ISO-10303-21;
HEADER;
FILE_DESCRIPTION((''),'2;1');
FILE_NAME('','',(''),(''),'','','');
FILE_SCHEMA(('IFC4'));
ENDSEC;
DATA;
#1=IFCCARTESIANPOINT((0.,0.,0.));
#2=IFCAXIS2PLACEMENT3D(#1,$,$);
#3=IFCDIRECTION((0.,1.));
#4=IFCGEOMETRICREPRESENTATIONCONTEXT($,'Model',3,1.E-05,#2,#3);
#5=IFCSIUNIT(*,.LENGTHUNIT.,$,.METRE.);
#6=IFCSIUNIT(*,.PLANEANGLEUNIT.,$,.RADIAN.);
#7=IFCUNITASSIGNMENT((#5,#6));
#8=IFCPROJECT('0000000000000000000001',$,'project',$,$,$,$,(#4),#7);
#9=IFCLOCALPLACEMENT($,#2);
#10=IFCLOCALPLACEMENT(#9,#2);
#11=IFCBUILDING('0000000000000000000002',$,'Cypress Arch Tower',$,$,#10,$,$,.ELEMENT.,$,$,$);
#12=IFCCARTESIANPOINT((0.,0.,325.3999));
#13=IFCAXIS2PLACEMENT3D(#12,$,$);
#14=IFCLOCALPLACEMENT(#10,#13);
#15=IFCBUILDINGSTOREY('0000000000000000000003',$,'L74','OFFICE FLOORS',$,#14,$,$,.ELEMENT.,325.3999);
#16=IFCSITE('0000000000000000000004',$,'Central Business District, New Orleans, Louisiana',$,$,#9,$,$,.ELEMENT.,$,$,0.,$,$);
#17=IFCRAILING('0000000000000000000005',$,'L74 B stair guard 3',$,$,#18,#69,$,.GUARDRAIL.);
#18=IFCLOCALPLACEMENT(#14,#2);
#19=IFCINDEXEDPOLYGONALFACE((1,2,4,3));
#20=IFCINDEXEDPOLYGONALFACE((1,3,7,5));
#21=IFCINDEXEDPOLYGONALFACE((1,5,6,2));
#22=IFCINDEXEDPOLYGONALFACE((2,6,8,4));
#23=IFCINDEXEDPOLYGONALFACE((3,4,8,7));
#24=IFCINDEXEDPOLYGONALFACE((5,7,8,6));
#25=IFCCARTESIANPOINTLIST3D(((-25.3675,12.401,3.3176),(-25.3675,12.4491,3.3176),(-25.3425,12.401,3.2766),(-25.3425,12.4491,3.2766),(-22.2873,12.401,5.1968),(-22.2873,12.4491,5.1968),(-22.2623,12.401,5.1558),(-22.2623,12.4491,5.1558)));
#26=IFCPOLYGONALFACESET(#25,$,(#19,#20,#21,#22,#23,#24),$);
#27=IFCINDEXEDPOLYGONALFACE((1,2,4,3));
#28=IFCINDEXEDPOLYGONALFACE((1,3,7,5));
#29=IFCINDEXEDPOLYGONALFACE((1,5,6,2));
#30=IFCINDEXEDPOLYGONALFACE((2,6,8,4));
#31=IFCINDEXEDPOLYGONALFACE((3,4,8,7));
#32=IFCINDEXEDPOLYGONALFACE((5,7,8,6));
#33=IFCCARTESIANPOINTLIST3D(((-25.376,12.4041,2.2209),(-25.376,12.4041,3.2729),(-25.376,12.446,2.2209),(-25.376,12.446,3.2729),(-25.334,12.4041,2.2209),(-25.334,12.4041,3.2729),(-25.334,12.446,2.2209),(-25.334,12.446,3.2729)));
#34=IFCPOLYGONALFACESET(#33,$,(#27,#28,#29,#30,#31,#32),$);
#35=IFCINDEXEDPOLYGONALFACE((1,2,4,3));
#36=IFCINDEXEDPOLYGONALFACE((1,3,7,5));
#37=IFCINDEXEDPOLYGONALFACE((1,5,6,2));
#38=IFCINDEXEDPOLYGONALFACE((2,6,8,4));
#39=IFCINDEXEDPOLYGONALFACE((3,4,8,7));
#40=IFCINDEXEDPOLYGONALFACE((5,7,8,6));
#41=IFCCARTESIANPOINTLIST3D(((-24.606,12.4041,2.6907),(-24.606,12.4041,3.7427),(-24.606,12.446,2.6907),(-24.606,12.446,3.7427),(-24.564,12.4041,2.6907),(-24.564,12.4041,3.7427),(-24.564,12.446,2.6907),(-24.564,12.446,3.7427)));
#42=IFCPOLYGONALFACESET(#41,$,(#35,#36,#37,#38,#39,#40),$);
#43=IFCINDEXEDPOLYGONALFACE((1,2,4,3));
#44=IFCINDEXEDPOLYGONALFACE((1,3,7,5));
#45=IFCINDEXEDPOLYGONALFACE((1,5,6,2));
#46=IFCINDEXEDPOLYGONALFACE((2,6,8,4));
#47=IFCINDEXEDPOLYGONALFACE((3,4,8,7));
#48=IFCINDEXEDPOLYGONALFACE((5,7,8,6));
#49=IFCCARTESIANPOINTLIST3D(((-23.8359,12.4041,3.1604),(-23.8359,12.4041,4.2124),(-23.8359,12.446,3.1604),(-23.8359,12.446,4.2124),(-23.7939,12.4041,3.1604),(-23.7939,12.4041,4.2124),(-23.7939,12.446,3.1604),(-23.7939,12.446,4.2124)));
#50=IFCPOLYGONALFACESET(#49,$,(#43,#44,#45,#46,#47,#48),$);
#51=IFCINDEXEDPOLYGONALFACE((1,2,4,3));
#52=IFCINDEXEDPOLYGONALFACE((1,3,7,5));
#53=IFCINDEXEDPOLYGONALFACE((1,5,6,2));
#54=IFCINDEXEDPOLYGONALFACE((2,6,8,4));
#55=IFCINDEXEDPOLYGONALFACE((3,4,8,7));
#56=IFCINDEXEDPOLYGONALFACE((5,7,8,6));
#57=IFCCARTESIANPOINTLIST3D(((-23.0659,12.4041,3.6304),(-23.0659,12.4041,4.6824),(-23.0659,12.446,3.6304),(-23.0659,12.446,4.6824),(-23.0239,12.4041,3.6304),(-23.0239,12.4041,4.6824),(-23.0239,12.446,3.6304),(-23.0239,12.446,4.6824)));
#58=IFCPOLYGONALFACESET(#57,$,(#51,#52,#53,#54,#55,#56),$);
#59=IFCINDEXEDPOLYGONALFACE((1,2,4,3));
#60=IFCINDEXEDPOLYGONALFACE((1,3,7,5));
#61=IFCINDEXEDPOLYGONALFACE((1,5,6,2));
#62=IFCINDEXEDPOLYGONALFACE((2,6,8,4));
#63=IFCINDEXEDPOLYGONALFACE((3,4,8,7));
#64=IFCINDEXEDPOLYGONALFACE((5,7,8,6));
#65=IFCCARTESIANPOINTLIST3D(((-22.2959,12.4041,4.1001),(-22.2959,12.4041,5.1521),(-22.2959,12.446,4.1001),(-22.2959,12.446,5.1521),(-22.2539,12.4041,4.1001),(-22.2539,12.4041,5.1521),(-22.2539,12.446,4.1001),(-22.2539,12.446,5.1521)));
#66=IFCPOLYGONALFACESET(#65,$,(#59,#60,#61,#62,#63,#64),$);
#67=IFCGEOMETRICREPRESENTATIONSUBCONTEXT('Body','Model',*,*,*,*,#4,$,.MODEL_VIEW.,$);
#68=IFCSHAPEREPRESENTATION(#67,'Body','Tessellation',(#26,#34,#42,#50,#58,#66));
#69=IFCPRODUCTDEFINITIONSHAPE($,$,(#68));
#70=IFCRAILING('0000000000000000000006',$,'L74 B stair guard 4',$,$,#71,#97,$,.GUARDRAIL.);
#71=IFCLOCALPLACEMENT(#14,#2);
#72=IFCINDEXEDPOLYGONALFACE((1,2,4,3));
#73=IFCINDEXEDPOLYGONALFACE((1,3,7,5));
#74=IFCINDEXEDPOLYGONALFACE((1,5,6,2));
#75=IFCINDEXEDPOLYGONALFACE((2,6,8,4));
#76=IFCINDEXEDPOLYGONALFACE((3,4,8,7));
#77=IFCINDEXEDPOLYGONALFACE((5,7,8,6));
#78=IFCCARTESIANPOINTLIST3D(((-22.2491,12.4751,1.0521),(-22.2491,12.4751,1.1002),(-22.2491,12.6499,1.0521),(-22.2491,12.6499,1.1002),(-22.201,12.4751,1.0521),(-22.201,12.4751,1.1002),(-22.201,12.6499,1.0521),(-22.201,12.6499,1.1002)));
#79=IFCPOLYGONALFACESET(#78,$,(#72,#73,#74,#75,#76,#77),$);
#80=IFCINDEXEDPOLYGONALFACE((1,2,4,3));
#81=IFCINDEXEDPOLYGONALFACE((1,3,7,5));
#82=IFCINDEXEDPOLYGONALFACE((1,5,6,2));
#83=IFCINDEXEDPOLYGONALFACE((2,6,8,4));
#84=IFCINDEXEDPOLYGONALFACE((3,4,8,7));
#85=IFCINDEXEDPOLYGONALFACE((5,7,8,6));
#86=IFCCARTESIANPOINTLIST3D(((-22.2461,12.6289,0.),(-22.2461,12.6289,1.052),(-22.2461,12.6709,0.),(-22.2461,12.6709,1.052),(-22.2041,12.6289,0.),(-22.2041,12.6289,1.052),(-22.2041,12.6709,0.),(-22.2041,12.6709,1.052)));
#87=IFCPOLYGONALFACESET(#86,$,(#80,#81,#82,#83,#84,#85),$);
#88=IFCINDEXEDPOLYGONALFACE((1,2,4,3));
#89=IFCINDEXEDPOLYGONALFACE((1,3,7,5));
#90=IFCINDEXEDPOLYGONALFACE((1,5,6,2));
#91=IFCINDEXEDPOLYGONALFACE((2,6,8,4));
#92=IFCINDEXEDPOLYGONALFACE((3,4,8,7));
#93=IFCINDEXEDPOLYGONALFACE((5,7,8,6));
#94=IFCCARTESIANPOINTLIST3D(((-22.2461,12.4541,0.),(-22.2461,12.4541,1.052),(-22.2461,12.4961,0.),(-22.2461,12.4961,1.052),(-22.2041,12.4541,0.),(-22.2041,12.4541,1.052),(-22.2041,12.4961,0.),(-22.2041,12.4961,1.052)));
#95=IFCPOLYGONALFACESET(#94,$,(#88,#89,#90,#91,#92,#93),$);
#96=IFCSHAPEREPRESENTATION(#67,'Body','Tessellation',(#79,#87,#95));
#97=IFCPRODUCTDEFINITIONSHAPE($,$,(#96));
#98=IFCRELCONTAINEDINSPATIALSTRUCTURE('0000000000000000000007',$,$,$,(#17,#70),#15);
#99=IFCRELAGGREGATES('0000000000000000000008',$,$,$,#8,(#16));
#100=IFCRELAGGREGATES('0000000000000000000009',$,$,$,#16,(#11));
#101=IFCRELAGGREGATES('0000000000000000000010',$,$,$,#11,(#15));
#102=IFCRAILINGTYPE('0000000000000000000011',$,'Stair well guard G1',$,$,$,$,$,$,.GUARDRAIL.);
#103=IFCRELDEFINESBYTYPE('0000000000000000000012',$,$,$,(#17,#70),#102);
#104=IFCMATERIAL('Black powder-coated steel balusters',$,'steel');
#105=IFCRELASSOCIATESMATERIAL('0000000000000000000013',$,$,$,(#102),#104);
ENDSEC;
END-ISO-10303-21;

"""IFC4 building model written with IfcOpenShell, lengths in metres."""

from ifc_helpers import new_model, si_unit, direction, frame, origin, origin_2d, place, context, subcontext, project, spatial, rectangle, extrude, material, type_object, element, save


model = new_model("IFC4")

# Units and contexts
model_context = context("Model", 3, precision=1e-05, world=origin(), true_north=direction((0.0, 1.0)))
body_context = subcontext(model_context, "Body", "Model", "MODEL_VIEW")
ifc_project = project(units=[si_unit("LENGTHUNIT", "METRE"), si_unit("PLANEANGLEUNIT", "RADIAN")], contexts=[model_context])

# Site, building, storey
site_placement = place(None, origin())
site = spatial("IfcSite", under=ifc_project, at=site_placement, Name="Central Business District, New Orleans, Louisiana", CompositionType="ELEMENT", RefElevation=0.0)
building_placement = place(site_placement, origin())
building = spatial("IfcBuilding", under=site, at=building_placement, Name="Cypress Arch Tower", CompositionType="ELEMENT")
storey_placement = place(building_placement, frame((0.0, 0.0, 325.3999)))
storey = spatial("IfcBuildingStorey", under=building, at=storey_placement, Name="L74", Description="OFFICE FLOORS", CompositionType="ELEMENT", Elevation=325.3999)

# Railings
ifc_material_1 = material(Name="Black powder-coated steel balusters", Category="steel")
railing_type_1 = type_object("IfcRailingType", Name="Stair well guard G1", PredefinedType="GUARDRAIL", material=ifc_material_1)
railing_1_placement = place(storey_placement, frame((-25.355, 12.425, 2.2209)))
element("IfcRailing", 1, at=railing_1_placement, inside=storey, type_object=railing_type_1, Name="L74 B stair guard 3", PredefinedType="GUARDRAIL", context=body_context, shape_type="SweptSolid", body=[
    extrude(rectangle(XDim=0.0481, YDim=0.0481, at=origin_2d()), frame((0.0, 0.0, 1.0762), z_axis=(0.853666, 0.0, 0.52082), x_axis=(0.0, 1.0, 0.0)), (0.0, 0.0, 1.0), 3.6082),
    extrude(rectangle(XDim=0.042, YDim=0.042, at=origin_2d()), origin(), (0.0, 0.0, 1.0), 1.052),
    extrude(rectangle(XDim=0.042, YDim=0.042, at=origin_2d()), frame((0.77, 0.0, 0.4697)), (0.0, 0.0, 1.0), 1.052),
    extrude(rectangle(XDim=0.042, YDim=0.042, at=origin_2d()), frame((1.54, 0.0, 0.9395)), (0.0, 0.0, 1.0), 1.052),
    extrude(rectangle(XDim=0.042, YDim=0.042, at=origin_2d()), frame((2.3101, 0.0, 1.4094)), (0.0, 0.0, 1.0), 1.052),
    extrude(rectangle(XDim=0.042, YDim=0.042, at=origin_2d()), frame((3.0801, 0.0, 1.8792)), (0.0, 0.0, 1.0), 1.052),
])
railing_2_placement = place(storey_placement, frame((-22.2251, 12.6499, 0.0)))
element("IfcRailing", 2, at=railing_2_placement, inside=storey, type_object=railing_type_1, Name="L74 B stair guard 4", PredefinedType="GUARDRAIL", context=body_context, shape_type="SweptSolid", body=[
    extrude(rectangle(XDim=0.0481, YDim=0.0481, at=origin_2d()), frame((0.0, 0.0, 1.0762), z_axis=(0.0, -1.0, 0.0), x_axis=(1.0, 0.0, 0.0)), (0.0, 0.0, 1.0), 0.1748),
    extrude(rectangle(XDim=0.042, YDim=0.042, at=origin_2d()), origin(), (0.0, 0.0, 1.0), 1.052),
    extrude(rectangle(XDim=0.042, YDim=0.042, at=origin_2d()), frame((0.0, -0.1748, 0.0)), (0.0, 0.0, 1.0), 1.052),
])

save(model, "model.ifc")
